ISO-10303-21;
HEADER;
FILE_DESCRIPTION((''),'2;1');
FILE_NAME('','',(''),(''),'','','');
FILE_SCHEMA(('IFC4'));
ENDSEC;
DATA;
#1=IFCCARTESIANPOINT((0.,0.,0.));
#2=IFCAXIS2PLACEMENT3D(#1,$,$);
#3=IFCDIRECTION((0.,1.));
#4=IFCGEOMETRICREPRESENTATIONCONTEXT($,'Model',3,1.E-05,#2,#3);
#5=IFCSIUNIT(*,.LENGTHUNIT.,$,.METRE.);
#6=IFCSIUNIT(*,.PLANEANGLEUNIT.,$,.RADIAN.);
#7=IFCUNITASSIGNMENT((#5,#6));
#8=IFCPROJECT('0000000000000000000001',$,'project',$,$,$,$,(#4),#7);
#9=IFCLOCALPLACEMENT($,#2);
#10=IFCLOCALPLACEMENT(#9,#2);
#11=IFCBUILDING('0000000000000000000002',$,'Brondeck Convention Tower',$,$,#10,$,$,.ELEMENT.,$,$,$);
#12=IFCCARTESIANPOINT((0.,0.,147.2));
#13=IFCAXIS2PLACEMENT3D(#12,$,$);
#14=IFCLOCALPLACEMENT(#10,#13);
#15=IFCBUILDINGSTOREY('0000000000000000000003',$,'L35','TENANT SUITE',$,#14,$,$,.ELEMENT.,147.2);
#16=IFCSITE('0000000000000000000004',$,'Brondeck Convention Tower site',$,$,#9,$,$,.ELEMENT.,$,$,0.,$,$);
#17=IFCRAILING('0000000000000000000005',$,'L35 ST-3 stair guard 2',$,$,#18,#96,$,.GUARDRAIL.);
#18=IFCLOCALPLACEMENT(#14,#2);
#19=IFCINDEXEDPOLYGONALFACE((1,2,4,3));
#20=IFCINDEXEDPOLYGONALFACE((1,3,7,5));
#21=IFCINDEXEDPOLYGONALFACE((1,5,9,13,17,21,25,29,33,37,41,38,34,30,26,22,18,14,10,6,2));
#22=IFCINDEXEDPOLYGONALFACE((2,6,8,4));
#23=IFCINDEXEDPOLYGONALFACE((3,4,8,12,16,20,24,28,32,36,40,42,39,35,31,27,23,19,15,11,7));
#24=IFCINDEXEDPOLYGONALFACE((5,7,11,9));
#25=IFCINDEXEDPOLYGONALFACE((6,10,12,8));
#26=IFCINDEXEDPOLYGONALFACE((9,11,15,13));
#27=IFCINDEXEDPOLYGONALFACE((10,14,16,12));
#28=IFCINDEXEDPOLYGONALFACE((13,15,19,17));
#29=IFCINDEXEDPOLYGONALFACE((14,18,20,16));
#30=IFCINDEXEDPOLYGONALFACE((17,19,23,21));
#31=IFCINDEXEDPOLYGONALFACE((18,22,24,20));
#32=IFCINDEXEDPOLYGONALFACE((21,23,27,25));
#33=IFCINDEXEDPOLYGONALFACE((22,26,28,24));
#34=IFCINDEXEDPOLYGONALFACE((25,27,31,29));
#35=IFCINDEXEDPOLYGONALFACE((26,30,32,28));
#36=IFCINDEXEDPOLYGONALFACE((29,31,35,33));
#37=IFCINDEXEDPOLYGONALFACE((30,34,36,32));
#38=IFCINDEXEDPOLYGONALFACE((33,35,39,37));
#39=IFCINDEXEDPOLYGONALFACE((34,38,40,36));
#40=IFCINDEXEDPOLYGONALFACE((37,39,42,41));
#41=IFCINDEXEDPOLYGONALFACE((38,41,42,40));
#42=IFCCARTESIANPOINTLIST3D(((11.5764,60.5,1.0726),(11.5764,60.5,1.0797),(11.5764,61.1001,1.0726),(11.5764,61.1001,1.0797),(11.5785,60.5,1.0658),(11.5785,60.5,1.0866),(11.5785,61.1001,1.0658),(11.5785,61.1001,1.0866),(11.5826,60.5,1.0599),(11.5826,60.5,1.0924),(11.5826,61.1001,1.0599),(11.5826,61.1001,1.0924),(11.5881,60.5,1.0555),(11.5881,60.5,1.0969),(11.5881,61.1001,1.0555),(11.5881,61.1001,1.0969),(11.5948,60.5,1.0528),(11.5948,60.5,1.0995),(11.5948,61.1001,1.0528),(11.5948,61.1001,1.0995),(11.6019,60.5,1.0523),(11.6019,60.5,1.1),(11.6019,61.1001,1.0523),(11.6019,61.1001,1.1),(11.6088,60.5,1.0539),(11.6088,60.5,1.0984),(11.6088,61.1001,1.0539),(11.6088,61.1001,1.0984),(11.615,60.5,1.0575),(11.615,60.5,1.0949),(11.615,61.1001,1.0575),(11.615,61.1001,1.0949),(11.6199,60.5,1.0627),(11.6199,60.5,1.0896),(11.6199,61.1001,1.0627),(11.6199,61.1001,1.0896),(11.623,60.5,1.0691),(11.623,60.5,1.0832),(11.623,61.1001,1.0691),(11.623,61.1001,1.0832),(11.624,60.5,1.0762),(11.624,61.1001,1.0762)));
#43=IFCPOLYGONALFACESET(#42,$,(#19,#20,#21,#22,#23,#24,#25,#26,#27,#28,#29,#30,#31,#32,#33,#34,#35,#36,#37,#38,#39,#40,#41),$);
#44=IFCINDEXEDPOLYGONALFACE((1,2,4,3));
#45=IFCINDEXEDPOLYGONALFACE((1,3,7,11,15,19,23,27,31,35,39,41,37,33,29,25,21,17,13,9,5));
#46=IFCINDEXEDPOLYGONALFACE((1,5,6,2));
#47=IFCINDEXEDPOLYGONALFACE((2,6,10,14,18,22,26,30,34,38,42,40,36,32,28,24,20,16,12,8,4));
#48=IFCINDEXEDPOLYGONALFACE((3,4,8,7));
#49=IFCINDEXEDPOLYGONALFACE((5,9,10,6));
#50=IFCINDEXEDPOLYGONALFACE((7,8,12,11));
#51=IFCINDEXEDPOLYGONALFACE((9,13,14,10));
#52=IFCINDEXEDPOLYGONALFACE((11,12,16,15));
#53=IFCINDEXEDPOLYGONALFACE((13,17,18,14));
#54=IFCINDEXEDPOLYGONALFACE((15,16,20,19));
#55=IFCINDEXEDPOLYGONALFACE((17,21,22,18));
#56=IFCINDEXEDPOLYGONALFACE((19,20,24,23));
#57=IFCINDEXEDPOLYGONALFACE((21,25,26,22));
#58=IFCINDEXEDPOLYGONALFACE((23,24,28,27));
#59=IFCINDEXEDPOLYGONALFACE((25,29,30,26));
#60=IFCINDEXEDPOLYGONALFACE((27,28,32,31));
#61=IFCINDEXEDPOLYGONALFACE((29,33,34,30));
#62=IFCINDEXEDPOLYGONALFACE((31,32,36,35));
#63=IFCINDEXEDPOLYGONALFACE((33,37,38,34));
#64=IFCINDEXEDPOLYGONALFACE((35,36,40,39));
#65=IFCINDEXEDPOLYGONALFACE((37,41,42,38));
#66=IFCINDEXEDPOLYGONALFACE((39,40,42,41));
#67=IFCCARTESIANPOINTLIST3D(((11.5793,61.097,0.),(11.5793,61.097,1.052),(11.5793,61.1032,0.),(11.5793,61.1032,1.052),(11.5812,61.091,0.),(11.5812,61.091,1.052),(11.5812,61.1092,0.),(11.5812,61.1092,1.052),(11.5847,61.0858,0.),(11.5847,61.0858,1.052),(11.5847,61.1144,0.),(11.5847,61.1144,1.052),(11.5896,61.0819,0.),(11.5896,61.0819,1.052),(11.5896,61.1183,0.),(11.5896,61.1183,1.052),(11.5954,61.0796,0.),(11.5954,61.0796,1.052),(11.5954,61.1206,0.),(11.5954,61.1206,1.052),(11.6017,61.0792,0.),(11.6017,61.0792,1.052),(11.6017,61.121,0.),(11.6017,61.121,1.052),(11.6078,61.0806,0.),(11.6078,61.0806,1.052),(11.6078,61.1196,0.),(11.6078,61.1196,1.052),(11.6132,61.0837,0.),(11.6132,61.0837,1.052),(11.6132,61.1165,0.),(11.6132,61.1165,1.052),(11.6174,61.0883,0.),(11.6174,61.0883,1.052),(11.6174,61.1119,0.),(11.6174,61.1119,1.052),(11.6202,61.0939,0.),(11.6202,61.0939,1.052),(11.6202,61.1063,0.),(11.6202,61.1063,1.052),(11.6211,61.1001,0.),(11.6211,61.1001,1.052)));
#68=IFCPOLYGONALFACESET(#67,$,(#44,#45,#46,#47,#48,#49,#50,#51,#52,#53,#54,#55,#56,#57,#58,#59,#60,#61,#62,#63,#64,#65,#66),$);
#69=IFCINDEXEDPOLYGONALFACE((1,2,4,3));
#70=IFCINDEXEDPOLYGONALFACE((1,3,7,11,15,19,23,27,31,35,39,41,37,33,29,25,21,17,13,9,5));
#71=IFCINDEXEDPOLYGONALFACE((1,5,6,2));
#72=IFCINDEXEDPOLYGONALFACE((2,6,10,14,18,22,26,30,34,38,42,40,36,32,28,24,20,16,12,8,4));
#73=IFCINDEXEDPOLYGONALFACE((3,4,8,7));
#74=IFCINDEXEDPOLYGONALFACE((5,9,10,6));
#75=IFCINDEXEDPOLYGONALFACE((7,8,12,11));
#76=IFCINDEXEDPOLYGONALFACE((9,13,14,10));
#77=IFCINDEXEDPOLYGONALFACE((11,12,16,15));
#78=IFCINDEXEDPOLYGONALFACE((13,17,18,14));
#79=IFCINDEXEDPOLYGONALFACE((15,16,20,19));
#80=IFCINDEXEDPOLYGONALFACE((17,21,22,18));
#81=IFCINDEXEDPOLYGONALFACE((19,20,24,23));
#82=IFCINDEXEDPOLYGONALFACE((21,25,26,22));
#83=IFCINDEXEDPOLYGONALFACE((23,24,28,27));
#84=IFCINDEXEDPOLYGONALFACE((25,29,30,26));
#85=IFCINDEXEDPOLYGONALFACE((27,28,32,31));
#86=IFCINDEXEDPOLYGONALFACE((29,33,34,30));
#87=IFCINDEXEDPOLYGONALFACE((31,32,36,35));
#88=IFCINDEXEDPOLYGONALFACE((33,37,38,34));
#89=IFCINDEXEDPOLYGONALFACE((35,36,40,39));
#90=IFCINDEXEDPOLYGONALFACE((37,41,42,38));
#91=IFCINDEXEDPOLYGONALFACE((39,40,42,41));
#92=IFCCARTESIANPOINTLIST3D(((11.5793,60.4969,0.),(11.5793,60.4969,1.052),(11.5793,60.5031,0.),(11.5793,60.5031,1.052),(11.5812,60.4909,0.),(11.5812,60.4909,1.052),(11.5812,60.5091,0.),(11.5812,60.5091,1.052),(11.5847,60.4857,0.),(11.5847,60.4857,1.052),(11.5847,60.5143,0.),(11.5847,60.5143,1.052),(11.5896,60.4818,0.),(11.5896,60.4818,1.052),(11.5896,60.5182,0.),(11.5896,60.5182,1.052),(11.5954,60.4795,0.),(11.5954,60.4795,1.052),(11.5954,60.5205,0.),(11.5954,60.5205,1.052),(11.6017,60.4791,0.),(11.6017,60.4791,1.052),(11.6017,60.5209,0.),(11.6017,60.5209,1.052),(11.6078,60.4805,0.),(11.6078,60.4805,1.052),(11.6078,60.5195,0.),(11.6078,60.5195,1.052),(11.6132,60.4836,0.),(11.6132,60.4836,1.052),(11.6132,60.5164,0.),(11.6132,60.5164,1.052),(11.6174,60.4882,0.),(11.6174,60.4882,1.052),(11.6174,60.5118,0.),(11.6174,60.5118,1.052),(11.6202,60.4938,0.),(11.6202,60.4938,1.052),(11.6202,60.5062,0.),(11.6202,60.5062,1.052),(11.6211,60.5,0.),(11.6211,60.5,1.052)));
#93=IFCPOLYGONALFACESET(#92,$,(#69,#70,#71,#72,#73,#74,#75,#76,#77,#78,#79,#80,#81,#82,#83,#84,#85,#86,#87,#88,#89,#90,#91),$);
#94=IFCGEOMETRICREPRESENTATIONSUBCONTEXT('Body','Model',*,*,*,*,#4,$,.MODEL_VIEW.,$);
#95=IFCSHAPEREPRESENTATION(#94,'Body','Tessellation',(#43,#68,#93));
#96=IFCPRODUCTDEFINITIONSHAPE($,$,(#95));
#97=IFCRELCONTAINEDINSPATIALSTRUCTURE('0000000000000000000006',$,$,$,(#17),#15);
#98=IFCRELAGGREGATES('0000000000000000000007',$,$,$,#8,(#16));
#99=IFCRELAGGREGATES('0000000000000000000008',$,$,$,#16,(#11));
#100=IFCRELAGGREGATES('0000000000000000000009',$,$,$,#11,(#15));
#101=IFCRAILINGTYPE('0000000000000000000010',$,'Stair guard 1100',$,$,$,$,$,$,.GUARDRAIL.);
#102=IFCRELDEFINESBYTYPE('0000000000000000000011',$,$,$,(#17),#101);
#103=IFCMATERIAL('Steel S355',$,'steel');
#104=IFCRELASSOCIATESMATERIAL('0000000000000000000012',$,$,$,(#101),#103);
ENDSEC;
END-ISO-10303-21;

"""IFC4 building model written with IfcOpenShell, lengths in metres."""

from ifc_helpers import new_model, si_unit, direction, frame, origin, origin_2d, place, context, subcontext, project, spatial, circle, extrude, material, type_object, element, save


model = new_model("IFC4")

# Units and contexts
model_context = context("Model", 3, precision=1e-05, world=origin(), true_north=direction((0.0, 1.0)))
body_context = subcontext(model_context, "Body", "Model", "MODEL_VIEW")
ifc_project = project(units=[si_unit("LENGTHUNIT", "METRE"), si_unit("PLANEANGLEUNIT", "RADIAN")], contexts=[model_context])

# Site, building, storey
site_placement = place(None, origin())
site = spatial("IfcSite", under=ifc_project, at=site_placement, Name="Brondeck Convention Tower site", CompositionType="ELEMENT", RefElevation=0.0)
building_placement = place(site_placement, origin())
building = spatial("IfcBuilding", under=site, at=building_placement, Name="Brondeck Convention Tower", CompositionType="ELEMENT")
storey_placement = place(building_placement, frame((0.0, 0.0, 147.2)))
storey = spatial("IfcBuildingStorey", under=building, at=storey_placement, Name="L35", Description="TENANT SUITE", CompositionType="ELEMENT", Elevation=147.2)

# Railing
ifc_material_1 = material(Name="Steel S355", Category="steel")
railing_type_1 = type_object("IfcRailingType", Name="Stair guard 1100", PredefinedType="GUARDRAIL", material=ifc_material_1)
railing_1_placement = place(storey_placement, frame((11.6001, 61.1001, 0.0)))
element("IfcRailing", 1, at=railing_1_placement, inside=storey, type_object=railing_type_1, Name="L35 ST-3 stair guard 2", PredefinedType="GUARDRAIL", context=body_context, shape_type="SweptSolid", body=[
    extrude(circle(Radius=0.0239, at=origin_2d()), frame((0.0, 0.0, 1.0762), z_axis=(0.0, -1.0, 0.0), x_axis=(1.0, 0.0, 0.0)), (0.0, 0.0, 1.0), 0.6001),
    extrude(circle(Radius=0.021, at=origin_2d()), origin(), (0.0, 0.0, 1.0), 1.052),
    extrude(circle(Radius=0.021, at=origin_2d()), frame((0.0, -0.6001, 0.0)), (0.0, 0.0, 1.0), 1.052),
])

save(model, "model.ifc")
